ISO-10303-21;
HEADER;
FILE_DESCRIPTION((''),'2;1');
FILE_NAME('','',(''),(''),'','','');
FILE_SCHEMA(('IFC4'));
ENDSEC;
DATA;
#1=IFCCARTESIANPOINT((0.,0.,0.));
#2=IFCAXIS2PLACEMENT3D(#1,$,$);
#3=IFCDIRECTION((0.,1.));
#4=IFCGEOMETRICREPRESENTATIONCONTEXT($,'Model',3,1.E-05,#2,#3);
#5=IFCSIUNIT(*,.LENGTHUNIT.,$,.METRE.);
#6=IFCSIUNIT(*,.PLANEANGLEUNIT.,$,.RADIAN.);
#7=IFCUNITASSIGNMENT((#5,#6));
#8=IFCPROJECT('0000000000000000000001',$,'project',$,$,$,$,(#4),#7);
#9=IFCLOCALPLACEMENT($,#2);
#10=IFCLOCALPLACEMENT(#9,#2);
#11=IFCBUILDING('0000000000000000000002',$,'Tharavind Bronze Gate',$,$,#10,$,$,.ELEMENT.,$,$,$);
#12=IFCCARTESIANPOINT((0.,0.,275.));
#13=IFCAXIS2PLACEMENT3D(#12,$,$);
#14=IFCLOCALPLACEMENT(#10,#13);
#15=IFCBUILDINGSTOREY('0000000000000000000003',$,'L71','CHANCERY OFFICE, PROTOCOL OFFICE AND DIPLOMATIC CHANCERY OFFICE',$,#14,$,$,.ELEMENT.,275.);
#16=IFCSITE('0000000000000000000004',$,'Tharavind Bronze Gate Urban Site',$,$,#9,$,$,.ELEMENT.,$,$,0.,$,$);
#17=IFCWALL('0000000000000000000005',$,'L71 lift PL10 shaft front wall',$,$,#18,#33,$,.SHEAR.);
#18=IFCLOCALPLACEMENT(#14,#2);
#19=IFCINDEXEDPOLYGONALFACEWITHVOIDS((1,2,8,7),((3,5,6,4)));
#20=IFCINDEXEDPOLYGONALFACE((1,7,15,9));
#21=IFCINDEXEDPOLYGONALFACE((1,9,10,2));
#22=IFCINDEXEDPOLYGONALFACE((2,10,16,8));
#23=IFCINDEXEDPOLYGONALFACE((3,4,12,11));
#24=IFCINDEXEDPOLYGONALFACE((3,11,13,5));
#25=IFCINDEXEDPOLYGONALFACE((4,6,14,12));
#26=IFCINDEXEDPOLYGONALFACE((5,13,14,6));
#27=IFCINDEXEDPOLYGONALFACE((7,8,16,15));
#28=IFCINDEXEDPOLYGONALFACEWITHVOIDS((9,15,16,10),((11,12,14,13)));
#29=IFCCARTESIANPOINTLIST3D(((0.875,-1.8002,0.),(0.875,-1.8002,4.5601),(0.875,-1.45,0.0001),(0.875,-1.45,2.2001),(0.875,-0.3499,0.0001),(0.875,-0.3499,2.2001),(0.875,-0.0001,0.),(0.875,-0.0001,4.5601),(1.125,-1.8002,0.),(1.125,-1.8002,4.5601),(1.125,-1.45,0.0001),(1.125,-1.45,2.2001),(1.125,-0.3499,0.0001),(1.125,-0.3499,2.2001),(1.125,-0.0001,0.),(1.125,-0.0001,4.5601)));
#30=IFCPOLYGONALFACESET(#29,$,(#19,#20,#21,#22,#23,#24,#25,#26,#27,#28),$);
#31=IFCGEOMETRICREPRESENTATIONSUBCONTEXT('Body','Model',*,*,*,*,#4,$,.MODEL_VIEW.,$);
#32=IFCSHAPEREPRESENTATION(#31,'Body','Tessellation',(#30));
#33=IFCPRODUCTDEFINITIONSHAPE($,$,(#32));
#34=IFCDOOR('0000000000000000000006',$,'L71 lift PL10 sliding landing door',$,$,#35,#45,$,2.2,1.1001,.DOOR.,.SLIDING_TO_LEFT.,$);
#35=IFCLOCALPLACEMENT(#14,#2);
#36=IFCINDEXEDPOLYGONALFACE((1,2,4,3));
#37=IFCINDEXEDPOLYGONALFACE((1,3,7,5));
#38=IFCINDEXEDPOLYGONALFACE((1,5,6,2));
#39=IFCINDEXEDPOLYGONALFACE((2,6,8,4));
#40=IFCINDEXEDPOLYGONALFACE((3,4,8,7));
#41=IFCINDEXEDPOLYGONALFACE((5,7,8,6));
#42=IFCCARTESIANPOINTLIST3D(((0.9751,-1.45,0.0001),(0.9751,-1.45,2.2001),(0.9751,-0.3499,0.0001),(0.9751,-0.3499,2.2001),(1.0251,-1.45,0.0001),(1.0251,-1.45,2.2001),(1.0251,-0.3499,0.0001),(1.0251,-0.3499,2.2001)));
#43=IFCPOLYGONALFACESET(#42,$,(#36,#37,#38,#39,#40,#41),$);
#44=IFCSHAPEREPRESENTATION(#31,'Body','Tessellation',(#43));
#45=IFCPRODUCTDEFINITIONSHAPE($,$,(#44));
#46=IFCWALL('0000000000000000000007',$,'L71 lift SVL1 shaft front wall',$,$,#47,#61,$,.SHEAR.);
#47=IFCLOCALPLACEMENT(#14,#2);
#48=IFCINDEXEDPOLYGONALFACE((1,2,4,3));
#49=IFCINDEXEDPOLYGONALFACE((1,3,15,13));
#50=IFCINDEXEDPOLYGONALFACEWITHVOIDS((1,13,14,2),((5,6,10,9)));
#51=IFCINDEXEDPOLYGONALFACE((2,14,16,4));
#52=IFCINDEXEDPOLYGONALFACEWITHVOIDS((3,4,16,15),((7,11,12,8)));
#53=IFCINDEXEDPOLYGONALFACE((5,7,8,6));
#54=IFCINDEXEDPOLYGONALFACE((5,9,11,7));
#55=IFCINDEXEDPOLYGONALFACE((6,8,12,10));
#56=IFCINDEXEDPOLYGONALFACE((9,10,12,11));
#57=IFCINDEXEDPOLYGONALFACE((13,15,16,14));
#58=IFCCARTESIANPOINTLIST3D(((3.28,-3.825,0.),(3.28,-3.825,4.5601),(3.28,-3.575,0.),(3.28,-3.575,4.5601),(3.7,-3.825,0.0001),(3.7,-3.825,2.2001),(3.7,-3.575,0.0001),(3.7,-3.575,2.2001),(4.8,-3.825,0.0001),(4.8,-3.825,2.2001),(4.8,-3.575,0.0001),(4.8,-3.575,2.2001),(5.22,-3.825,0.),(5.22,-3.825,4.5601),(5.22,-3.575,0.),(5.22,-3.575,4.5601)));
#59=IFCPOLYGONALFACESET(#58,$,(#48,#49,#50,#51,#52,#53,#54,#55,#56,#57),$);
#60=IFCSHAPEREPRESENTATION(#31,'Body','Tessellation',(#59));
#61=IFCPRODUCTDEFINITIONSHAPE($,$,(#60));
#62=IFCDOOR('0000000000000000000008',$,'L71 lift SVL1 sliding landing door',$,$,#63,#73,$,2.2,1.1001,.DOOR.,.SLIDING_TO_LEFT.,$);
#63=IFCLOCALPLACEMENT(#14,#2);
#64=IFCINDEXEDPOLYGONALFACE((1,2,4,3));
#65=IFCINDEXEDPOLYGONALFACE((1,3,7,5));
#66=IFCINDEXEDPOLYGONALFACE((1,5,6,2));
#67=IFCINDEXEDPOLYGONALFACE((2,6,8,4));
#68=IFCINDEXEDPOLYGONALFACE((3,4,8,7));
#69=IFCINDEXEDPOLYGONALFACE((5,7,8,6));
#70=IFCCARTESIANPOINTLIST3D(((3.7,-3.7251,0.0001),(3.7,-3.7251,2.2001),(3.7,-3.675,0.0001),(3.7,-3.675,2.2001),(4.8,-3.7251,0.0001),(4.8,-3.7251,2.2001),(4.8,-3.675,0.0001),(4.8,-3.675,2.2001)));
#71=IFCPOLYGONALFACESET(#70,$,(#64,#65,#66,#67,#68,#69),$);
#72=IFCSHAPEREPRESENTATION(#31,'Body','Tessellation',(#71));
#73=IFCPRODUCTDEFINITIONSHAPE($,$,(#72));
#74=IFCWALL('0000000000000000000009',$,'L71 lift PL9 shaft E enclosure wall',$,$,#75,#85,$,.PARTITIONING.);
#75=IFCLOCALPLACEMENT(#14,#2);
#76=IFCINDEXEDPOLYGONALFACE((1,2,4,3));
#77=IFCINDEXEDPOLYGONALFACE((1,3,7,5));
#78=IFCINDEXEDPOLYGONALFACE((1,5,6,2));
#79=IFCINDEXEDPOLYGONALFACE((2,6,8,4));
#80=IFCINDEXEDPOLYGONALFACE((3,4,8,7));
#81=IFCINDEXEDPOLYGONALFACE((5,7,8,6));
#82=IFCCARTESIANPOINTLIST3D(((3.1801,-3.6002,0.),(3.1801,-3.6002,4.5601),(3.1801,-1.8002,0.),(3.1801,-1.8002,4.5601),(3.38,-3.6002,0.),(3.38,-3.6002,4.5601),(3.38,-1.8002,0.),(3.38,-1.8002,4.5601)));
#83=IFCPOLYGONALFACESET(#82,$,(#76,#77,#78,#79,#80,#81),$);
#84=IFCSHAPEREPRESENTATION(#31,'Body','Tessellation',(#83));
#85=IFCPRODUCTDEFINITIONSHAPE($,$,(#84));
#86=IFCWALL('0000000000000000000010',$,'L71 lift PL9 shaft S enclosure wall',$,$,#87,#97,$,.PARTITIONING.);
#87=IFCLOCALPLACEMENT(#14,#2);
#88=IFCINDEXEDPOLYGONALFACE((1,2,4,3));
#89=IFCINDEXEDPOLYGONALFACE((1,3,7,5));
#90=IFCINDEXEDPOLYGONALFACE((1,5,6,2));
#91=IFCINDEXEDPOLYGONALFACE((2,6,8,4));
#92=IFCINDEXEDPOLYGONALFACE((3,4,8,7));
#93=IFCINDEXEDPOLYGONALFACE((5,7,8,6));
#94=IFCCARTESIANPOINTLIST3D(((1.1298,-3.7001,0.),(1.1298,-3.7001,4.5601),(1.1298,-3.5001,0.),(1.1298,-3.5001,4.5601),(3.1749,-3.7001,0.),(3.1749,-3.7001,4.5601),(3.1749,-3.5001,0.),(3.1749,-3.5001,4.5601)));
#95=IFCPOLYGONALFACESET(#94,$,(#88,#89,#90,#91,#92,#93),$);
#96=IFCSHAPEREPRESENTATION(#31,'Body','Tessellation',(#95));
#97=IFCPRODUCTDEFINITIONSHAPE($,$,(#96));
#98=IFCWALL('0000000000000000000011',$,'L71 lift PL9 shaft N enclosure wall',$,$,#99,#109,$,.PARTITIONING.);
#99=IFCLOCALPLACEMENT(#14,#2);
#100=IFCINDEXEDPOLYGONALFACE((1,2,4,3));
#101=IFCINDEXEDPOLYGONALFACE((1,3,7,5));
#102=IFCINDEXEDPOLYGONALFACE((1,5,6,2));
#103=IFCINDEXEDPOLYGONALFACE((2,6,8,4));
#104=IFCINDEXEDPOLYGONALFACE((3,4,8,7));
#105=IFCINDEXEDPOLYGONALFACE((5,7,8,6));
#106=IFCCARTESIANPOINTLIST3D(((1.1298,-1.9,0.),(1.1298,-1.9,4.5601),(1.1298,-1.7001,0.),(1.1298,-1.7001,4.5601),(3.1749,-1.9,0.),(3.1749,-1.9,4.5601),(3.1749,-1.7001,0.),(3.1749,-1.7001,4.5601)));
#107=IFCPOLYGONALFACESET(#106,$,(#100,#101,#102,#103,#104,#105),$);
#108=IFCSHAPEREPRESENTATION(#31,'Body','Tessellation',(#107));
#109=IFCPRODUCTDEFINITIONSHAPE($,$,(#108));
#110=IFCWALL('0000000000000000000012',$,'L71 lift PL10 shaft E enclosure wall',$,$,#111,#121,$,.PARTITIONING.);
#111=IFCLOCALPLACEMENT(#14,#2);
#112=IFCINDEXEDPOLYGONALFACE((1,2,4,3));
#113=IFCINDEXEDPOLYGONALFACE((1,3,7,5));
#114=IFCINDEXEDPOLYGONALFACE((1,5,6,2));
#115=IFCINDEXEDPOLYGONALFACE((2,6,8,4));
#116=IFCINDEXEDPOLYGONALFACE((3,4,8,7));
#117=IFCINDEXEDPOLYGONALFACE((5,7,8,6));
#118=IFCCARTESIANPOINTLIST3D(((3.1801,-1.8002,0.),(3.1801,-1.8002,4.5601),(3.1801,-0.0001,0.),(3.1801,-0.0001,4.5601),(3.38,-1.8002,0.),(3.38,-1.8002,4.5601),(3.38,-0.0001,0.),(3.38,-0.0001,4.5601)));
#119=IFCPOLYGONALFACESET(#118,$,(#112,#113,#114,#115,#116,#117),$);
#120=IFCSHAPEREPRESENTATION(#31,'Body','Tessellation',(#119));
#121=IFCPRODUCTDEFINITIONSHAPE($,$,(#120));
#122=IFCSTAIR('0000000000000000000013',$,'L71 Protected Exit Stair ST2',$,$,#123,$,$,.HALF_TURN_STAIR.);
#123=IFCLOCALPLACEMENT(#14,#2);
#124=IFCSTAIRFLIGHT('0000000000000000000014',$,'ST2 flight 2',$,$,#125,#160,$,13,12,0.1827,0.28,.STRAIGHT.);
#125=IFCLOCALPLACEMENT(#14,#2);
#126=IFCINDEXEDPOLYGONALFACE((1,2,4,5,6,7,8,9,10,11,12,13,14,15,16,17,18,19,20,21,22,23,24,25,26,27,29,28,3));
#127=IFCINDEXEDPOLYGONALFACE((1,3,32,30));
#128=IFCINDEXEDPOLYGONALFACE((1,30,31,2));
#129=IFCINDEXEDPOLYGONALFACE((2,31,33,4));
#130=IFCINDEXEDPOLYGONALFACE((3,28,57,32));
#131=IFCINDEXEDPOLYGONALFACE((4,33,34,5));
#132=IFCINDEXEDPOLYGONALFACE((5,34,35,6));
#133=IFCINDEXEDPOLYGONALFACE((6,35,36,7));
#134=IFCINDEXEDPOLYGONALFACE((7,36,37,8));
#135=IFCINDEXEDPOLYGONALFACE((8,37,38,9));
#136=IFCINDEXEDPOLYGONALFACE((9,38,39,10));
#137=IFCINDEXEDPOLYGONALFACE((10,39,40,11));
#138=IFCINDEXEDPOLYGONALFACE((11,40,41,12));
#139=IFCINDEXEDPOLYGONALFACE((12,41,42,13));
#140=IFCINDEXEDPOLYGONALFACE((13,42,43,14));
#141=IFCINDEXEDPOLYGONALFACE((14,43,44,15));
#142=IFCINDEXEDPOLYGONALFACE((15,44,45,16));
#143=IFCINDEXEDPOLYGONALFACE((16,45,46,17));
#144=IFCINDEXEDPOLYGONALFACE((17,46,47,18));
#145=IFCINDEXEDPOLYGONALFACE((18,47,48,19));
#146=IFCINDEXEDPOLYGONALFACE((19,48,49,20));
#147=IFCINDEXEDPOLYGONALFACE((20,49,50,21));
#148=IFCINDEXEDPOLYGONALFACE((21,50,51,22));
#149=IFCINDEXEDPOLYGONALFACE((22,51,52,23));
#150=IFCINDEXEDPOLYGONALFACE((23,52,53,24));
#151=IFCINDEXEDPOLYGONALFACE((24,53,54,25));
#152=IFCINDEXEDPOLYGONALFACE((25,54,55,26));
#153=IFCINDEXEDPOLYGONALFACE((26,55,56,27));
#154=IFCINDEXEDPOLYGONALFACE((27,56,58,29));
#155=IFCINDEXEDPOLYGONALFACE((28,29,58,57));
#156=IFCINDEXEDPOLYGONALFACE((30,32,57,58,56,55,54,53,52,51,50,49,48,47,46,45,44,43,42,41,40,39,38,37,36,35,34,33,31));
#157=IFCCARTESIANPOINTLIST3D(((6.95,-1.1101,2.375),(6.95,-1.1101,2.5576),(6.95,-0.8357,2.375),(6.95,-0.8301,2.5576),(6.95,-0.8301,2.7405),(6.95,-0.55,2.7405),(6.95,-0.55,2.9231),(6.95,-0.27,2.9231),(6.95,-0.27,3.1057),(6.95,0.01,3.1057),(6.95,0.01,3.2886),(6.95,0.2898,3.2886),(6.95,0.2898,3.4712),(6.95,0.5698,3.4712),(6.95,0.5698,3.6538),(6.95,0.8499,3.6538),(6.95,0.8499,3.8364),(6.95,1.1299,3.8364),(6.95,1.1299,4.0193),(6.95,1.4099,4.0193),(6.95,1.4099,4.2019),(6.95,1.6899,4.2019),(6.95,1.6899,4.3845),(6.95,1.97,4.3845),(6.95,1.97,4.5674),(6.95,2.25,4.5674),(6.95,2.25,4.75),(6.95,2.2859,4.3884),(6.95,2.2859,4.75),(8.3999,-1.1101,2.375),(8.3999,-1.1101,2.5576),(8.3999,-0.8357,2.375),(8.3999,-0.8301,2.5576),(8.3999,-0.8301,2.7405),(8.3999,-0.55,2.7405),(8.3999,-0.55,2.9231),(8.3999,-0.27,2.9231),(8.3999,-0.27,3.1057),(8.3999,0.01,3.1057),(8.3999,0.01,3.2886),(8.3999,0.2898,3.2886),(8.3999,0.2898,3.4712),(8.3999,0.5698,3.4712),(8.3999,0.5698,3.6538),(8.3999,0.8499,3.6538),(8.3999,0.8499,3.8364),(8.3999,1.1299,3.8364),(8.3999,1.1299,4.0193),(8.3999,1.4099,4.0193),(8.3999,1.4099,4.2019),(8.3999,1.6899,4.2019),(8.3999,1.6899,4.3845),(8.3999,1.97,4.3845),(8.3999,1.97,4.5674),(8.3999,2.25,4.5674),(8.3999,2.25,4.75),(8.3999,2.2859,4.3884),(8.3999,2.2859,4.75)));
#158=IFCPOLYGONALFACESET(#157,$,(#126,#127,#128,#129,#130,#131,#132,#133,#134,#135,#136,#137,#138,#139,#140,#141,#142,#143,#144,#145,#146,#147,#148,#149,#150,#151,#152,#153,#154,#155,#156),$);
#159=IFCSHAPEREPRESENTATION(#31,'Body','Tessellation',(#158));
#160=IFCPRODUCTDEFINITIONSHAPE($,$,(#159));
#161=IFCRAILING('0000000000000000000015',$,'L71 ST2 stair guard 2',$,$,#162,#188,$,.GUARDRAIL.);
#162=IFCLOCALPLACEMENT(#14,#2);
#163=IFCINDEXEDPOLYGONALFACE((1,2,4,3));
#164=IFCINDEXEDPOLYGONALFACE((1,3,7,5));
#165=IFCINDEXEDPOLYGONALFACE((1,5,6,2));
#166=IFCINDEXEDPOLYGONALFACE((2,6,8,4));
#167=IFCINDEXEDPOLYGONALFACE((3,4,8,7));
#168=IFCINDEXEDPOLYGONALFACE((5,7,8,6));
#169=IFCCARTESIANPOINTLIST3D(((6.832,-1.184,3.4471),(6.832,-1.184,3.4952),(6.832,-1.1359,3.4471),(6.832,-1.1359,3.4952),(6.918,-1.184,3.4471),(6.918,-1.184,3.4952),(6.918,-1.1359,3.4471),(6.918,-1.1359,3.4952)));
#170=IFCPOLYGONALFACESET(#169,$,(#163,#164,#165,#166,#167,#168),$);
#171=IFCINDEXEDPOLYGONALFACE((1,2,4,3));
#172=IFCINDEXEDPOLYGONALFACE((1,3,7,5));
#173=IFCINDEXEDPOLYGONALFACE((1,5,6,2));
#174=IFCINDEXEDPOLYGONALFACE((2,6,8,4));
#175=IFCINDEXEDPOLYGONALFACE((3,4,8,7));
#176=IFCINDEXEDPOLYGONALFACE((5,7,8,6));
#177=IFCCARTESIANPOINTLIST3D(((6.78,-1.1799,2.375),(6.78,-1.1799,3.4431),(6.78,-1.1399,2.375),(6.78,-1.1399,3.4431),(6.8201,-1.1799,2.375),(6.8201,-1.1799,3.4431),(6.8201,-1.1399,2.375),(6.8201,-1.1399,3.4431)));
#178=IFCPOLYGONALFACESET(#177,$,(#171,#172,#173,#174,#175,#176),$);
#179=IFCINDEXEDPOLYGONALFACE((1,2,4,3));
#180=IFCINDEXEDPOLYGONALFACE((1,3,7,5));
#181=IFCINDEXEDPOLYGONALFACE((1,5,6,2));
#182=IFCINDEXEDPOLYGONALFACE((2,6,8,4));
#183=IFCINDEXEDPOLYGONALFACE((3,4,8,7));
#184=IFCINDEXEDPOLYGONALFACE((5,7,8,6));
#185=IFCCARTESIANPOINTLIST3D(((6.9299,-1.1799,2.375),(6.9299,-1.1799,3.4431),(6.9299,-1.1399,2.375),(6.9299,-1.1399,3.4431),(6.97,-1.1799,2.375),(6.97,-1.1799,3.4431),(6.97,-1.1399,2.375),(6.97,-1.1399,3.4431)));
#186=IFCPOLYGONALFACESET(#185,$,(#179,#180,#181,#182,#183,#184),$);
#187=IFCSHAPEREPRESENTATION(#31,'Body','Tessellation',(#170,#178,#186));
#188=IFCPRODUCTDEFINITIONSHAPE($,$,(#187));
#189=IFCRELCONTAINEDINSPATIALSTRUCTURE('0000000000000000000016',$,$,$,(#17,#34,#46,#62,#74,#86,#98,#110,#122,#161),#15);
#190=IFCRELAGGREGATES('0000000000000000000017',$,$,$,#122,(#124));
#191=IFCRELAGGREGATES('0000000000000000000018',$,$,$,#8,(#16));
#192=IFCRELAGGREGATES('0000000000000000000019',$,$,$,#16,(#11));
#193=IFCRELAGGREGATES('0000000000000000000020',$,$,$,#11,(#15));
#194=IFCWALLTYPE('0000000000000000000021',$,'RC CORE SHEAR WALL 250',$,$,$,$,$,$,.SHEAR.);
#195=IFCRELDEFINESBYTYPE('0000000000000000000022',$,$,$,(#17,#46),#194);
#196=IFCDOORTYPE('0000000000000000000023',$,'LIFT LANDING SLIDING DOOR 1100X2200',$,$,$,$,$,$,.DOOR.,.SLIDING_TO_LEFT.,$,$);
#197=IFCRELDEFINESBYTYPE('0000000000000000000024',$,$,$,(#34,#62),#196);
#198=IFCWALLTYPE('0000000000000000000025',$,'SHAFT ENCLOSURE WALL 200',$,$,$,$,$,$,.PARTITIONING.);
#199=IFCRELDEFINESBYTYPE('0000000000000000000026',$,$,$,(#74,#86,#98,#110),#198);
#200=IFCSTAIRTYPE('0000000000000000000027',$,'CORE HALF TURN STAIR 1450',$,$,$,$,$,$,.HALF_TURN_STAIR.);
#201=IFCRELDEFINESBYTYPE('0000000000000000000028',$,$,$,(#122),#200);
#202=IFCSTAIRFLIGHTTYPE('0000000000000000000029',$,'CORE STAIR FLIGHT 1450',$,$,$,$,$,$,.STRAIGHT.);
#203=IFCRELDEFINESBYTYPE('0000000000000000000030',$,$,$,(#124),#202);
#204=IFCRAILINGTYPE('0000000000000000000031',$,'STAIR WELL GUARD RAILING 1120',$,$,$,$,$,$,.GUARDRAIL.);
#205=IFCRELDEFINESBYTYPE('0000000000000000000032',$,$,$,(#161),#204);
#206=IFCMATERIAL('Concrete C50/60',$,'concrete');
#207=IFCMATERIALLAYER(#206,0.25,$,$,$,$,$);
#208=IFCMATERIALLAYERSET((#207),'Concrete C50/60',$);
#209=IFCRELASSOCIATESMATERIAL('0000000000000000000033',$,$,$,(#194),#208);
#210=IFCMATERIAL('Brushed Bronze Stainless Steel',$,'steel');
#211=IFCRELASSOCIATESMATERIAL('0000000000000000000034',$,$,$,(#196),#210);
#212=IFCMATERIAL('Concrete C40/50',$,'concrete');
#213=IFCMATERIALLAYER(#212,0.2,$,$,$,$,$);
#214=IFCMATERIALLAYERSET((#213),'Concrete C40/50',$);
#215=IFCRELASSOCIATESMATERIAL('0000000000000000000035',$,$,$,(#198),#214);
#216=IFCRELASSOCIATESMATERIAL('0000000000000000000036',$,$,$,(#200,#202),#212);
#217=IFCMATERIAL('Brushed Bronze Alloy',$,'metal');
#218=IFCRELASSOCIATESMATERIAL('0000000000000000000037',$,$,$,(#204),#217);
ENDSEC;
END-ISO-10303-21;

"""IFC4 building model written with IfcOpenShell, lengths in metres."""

from ifc_helpers import new_model, si_unit, direction, frame, frame_2d, origin, origin_2d, place, context, subcontext, project, spatial, polyline, rectangle, outline, extrude, material, layer, layer_set, type_object, element, fill, aggregate, save


model = new_model("IFC4")

# Units and contexts
model_context = context("Model", 3, precision=1e-05, world=origin(), true_north=direction((0.0, 1.0)))
body_context = subcontext(model_context, "Body", "Model", "MODEL_VIEW")
ifc_project = project(units=[si_unit("LENGTHUNIT", "METRE"), si_unit("PLANEANGLEUNIT", "RADIAN")], contexts=[model_context])

# Site, building, storey
site_placement = place(None, origin())
site = spatial("IfcSite", under=ifc_project, at=site_placement, Name="Tharavind Bronze Gate Urban Site", CompositionType="ELEMENT", RefElevation=0.0)
building_placement = place(site_placement, origin())
building = spatial("IfcBuilding", under=site, at=building_placement, Name="Tharavind Bronze Gate", CompositionType="ELEMENT")
storey_placement = place(building_placement, frame((0.0, 0.0, 275.0)))
storey = spatial("IfcBuildingStorey", under=building, at=storey_placement, Name="L71", Description="CHANCERY OFFICE, PROTOCOL OFFICE AND DIPLOMATIC CHANCERY OFFICE", CompositionType="ELEMENT", Elevation=275.0)

# Shared definitions
ifc_material_1 = material(Name="Concrete C50/60", Category="concrete")
ifc_layer_1 = layer(ifc_material_1, 0.25)
ifc_layer_set_1 = layer_set([ifc_layer_1], Name="Concrete C50/60")
wall_type_1 = type_object("IfcWallType", Name="RC CORE SHEAR WALL 250", PredefinedType="SHEAR", material=ifc_layer_set_1)

# Walls, openings, doors
ifc_material_2 = material(Name="Brushed Bronze Stainless Steel", Category="steel")
door_type = type_object("IfcDoorType", Name="LIFT LANDING SLIDING DOOR 1100X2200", OperationType="SLIDING_TO_LEFT", PredefinedType="DOOR", material=ifc_material_2)
wall_1_placement = place(storey_placement, frame((1.0, -1.8, 0.0), z_axis=(0.0, 0.0, 1.0), x_axis=(0.0, 1.0, 0.0)))
wall_1 = element("IfcWall", 1, at=wall_1_placement, inside=storey, type_object=wall_type_1, Name="L71 lift PL10 shaft front wall", PredefinedType="SHEAR", context=body_context, shape_type="SweptSolid", body=[
    extrude(rectangle(XDim=1.8, YDim=0.25, at=frame_2d((0.8999, 0.0))), origin(), (0.0, 0.0, 1.0), 4.5601),
])
opening_1_placement = place(wall_1_placement, frame((0.3501, 0.0, 0.0)))
opening_1 = element("IfcOpeningElement", 2, at=opening_1_placement, cuts=wall_1, PredefinedType="OPENING", context=body_context, shape_type="SweptSolid", body=[
    extrude(rectangle(XDim=1.1001, YDim=2.2, at=frame_2d((0.55, 1.1001))), frame((0.0, 0.135, 0.0), z_axis=(0.0, -1.0, 0.0), x_axis=(1.0, 0.0, 0.0)), (0.0, 0.0, 1.0), 0.27),
])
door_1_placement = place(opening_1_placement, origin())
door_1 = element("IfcDoor", 3, at=door_1_placement, inside=storey, type_object=door_type, Name="L71 lift PL10 sliding landing door", OperationType="SLIDING_TO_LEFT", OverallHeight=2.2, OverallWidth=1.1001, PredefinedType="DOOR", context=body_context, shape_type="SweptSolid", body=[
    extrude(rectangle(XDim=1.1001, YDim=2.2, at=frame_2d((0.55, 1.1001))), frame((0.0, 0.0249, 0.0), z_axis=(0.0, -1.0, 0.0), x_axis=(1.0, 0.0, 0.0)), (0.0, 0.0, 1.0), 0.05),
])
fill(opening_1, door_1)
wall_2_placement = place(storey_placement, frame((3.28, -3.7, 0.0), z_axis=(0.0, 0.0, 1.0), x_axis=(1.0, 0.0, 0.0)))
wall_2 = element("IfcWall", 4, at=wall_2_placement, inside=storey, type_object=wall_type_1, Name="L71 lift SVL1 shaft front wall", PredefinedType="SHEAR", context=body_context, shape_type="SweptSolid", body=[
    extrude(rectangle(XDim=1.9399, YDim=0.25, at=frame_2d((0.97, 0.0))), origin(), (0.0, 0.0, 1.0), 4.5601),
])
opening_2_placement = place(wall_2_placement, frame((0.4199, 0.0, 0.0)))
opening_2 = element("IfcOpeningElement", 5, at=opening_2_placement, cuts=wall_2, PredefinedType="OPENING", context=body_context, shape_type="SweptSolid", body=[
    extrude(rectangle(XDim=1.1001, YDim=2.2, at=frame_2d((0.55, 1.1001))), frame((0.0, 0.135, 0.0), z_axis=(0.0, -1.0, 0.0), x_axis=(1.0, 0.0, 0.0)), (0.0, 0.0, 1.0), 0.27),
])
door_2_placement = place(opening_2_placement, origin())
door_2 = element("IfcDoor", 6, at=door_2_placement, inside=storey, type_object=door_type, Name="L71 lift SVL1 sliding landing door", OperationType="SLIDING_TO_LEFT", OverallHeight=2.2, OverallWidth=1.1001, PredefinedType="DOOR", context=body_context, shape_type="SweptSolid", body=[
    extrude(rectangle(XDim=1.1001, YDim=2.2, at=frame_2d((0.55, 1.1001))), frame((0.0, 0.0249, 0.0), z_axis=(0.0, -1.0, 0.0), x_axis=(1.0, 0.0, 0.0)), (0.0, 0.0, 1.0), 0.05),
])
fill(opening_2, door_2)

# Walls
ifc_material_3 = material(Name="Concrete C40/50", Category="concrete")
ifc_layer_2 = layer(ifc_material_3, 0.2)
ifc_layer_set_2 = layer_set([ifc_layer_2], Name="Concrete C40/50")
wall_type_2 = type_object("IfcWallType", Name="SHAFT ENCLOSURE WALL 200", PredefinedType="PARTITIONING", material=ifc_layer_set_2)
wall_3_placement = place(storey_placement, frame((3.28, -3.6001, 0.0), z_axis=(0.0, 0.0, 1.0), x_axis=(0.0, 1.0, 0.0)))
element("IfcWall", 7, at=wall_3_placement, inside=storey, type_object=wall_type_2, Name="L71 lift PL9 shaft E enclosure wall", PredefinedType="PARTITIONING", context=body_context, shape_type="SweptSolid", body=[
    extrude(rectangle(XDim=1.8, YDim=0.2, at=frame_2d((0.8999, 0.0))), origin(), (0.0, 0.0, 1.0), 4.5601),
])
for number, where, z_axis, x_axis, name in (
    (8, (1.1299, -3.6001, 0.0), (0.0, 0.0, 1.0), (1.0, 0.0, 0.0), "L71 lift PL9 shaft S enclosure wall"),
    (9, (1.1299, -1.8, 0.0), (0.0, 0.0, 1.0), (1.0, 0.0, 0.0), "L71 lift PL9 shaft N enclosure wall"),
):
    element("IfcWall", number, at=place(storey_placement, frame(where, z_axis=z_axis, x_axis=x_axis)), inside=storey, type_object=wall_type_2, Name=name, PredefinedType="PARTITIONING", context=body_context, shape_type="SweptSolid", body=[
        extrude(rectangle(XDim=2.0452, YDim=0.2, at=frame_2d((1.0225, 0.0))), origin(), (0.0, 0.0, 1.0), 4.5601),
    ])
wall_4_placement = place(storey_placement, frame((3.28, -1.8, 0.0), z_axis=(0.0, 0.0, 1.0), x_axis=(0.0, 1.0, 0.0)))
element("IfcWall", 10, at=wall_4_placement, inside=storey, type_object=wall_type_2, Name="L71 lift PL10 shaft E enclosure wall", PredefinedType="PARTITIONING", context=body_context, shape_type="SweptSolid", body=[
    extrude(rectangle(XDim=1.8, YDim=0.2, at=frame_2d((0.8999, 0.0))), origin(), (0.0, 0.0, 1.0), 4.5601),
])

# Stair, stair flight
stair_type = type_object("IfcStairType", Name="CORE HALF TURN STAIR 1450", PredefinedType="HALF_TURN_STAIR", material=ifc_material_3)
stair_placement = place(storey_placement, origin())
stair = element("IfcStair", 11, at=stair_placement, inside=storey, type_object=stair_type, Name="L71 Protected Exit Stair ST2", PredefinedType="HALF_TURN_STAIR")
stair_flight_type = type_object("IfcStairFlightType", Name="CORE STAIR FLIGHT 1450", PredefinedType="STRAIGHT", material=ifc_material_3)
stair_flight_placement = place(storey_placement, frame((7.675, -1.1101, 2.375), z_axis=(0.0, 0.0, 1.0), x_axis=(0.0, 1.0, 0.0)))
stair_flight = element("IfcStairFlight", 12, at=stair_flight_placement, type_object=stair_flight_type, Name="ST2 flight 2", NumberOfRisers=13, NumberOfTreads=12, PredefinedType="STRAIGHT", RiserHeight=0.1827, TreadLength=0.28, context=body_context, shape_type="SweptSolid", body=[
    extrude(outline(polyline([(0.0, 0.0), (0.0, 0.1826), (0.28, 0.1826), (0.28, 0.3655), (0.5601, 0.3655), (0.5601, 0.5481), (0.8401, 0.5481), (0.8401, 0.7307), (1.1201, 0.7307), (1.1201, 0.9136), (1.3999, 0.9136), (1.3999, 1.0962), (1.6799, 1.0962), (1.6799, 1.2788), (1.96, 1.2788), (1.96, 1.4614), (2.24, 1.4614), (2.24, 1.6443), (2.52, 1.6443), (2.52, 1.8269), (2.8, 1.8269), (2.8, 2.0095), (3.0801, 2.0095), (3.0801, 2.1924), (3.3601, 2.1924), (3.3601, 2.375), (3.396, 2.375), (3.396, 2.0134), (0.2744, 0.0), (0.0, 0.0)])), frame((0.0, 0.7251, 0.0), z_axis=(0.0, -1.0, 0.0), x_axis=(1.0, 0.0, 0.0)), (0.0, 0.0, 1.0), 1.45),
])
aggregate(stair, [stair_flight])

# Railing
ifc_material_4 = material(Name="Brushed Bronze Alloy", Category="metal")
railing_type = type_object("IfcRailingType", Name="STAIR WELL GUARD RAILING 1120", PredefinedType="GUARDRAIL", material=ifc_material_4)
railing_1_placement = place(storey_placement, frame((6.8, -1.1599, 2.375)))
element("IfcRailing", 13, at=railing_1_placement, inside=storey, type_object=railing_type, Name="L71 ST2 stair guard 2", PredefinedType="GUARDRAIL", context=body_context, shape_type="SweptSolid", body=[
    extrude(rectangle(XDim=0.0481, YDim=0.0481, at=origin_2d()), frame((0.032, 0.0, 1.0962), z_axis=(1.0, 0.0, 0.0), x_axis=(0.0, 1.0, 0.0)), (0.0, 0.0, 1.0), 0.0859),
    extrude(rectangle(XDim=0.04, YDim=0.04, at=origin_2d()), origin(), (0.0, 0.0, 1.0), 1.0681),
    extrude(rectangle(XDim=0.04, YDim=0.04, at=origin_2d()), frame((0.1499, 0.0, 0.0)), (0.0, 0.0, 1.0), 1.0681),
])

save(model, "model.ifc")
